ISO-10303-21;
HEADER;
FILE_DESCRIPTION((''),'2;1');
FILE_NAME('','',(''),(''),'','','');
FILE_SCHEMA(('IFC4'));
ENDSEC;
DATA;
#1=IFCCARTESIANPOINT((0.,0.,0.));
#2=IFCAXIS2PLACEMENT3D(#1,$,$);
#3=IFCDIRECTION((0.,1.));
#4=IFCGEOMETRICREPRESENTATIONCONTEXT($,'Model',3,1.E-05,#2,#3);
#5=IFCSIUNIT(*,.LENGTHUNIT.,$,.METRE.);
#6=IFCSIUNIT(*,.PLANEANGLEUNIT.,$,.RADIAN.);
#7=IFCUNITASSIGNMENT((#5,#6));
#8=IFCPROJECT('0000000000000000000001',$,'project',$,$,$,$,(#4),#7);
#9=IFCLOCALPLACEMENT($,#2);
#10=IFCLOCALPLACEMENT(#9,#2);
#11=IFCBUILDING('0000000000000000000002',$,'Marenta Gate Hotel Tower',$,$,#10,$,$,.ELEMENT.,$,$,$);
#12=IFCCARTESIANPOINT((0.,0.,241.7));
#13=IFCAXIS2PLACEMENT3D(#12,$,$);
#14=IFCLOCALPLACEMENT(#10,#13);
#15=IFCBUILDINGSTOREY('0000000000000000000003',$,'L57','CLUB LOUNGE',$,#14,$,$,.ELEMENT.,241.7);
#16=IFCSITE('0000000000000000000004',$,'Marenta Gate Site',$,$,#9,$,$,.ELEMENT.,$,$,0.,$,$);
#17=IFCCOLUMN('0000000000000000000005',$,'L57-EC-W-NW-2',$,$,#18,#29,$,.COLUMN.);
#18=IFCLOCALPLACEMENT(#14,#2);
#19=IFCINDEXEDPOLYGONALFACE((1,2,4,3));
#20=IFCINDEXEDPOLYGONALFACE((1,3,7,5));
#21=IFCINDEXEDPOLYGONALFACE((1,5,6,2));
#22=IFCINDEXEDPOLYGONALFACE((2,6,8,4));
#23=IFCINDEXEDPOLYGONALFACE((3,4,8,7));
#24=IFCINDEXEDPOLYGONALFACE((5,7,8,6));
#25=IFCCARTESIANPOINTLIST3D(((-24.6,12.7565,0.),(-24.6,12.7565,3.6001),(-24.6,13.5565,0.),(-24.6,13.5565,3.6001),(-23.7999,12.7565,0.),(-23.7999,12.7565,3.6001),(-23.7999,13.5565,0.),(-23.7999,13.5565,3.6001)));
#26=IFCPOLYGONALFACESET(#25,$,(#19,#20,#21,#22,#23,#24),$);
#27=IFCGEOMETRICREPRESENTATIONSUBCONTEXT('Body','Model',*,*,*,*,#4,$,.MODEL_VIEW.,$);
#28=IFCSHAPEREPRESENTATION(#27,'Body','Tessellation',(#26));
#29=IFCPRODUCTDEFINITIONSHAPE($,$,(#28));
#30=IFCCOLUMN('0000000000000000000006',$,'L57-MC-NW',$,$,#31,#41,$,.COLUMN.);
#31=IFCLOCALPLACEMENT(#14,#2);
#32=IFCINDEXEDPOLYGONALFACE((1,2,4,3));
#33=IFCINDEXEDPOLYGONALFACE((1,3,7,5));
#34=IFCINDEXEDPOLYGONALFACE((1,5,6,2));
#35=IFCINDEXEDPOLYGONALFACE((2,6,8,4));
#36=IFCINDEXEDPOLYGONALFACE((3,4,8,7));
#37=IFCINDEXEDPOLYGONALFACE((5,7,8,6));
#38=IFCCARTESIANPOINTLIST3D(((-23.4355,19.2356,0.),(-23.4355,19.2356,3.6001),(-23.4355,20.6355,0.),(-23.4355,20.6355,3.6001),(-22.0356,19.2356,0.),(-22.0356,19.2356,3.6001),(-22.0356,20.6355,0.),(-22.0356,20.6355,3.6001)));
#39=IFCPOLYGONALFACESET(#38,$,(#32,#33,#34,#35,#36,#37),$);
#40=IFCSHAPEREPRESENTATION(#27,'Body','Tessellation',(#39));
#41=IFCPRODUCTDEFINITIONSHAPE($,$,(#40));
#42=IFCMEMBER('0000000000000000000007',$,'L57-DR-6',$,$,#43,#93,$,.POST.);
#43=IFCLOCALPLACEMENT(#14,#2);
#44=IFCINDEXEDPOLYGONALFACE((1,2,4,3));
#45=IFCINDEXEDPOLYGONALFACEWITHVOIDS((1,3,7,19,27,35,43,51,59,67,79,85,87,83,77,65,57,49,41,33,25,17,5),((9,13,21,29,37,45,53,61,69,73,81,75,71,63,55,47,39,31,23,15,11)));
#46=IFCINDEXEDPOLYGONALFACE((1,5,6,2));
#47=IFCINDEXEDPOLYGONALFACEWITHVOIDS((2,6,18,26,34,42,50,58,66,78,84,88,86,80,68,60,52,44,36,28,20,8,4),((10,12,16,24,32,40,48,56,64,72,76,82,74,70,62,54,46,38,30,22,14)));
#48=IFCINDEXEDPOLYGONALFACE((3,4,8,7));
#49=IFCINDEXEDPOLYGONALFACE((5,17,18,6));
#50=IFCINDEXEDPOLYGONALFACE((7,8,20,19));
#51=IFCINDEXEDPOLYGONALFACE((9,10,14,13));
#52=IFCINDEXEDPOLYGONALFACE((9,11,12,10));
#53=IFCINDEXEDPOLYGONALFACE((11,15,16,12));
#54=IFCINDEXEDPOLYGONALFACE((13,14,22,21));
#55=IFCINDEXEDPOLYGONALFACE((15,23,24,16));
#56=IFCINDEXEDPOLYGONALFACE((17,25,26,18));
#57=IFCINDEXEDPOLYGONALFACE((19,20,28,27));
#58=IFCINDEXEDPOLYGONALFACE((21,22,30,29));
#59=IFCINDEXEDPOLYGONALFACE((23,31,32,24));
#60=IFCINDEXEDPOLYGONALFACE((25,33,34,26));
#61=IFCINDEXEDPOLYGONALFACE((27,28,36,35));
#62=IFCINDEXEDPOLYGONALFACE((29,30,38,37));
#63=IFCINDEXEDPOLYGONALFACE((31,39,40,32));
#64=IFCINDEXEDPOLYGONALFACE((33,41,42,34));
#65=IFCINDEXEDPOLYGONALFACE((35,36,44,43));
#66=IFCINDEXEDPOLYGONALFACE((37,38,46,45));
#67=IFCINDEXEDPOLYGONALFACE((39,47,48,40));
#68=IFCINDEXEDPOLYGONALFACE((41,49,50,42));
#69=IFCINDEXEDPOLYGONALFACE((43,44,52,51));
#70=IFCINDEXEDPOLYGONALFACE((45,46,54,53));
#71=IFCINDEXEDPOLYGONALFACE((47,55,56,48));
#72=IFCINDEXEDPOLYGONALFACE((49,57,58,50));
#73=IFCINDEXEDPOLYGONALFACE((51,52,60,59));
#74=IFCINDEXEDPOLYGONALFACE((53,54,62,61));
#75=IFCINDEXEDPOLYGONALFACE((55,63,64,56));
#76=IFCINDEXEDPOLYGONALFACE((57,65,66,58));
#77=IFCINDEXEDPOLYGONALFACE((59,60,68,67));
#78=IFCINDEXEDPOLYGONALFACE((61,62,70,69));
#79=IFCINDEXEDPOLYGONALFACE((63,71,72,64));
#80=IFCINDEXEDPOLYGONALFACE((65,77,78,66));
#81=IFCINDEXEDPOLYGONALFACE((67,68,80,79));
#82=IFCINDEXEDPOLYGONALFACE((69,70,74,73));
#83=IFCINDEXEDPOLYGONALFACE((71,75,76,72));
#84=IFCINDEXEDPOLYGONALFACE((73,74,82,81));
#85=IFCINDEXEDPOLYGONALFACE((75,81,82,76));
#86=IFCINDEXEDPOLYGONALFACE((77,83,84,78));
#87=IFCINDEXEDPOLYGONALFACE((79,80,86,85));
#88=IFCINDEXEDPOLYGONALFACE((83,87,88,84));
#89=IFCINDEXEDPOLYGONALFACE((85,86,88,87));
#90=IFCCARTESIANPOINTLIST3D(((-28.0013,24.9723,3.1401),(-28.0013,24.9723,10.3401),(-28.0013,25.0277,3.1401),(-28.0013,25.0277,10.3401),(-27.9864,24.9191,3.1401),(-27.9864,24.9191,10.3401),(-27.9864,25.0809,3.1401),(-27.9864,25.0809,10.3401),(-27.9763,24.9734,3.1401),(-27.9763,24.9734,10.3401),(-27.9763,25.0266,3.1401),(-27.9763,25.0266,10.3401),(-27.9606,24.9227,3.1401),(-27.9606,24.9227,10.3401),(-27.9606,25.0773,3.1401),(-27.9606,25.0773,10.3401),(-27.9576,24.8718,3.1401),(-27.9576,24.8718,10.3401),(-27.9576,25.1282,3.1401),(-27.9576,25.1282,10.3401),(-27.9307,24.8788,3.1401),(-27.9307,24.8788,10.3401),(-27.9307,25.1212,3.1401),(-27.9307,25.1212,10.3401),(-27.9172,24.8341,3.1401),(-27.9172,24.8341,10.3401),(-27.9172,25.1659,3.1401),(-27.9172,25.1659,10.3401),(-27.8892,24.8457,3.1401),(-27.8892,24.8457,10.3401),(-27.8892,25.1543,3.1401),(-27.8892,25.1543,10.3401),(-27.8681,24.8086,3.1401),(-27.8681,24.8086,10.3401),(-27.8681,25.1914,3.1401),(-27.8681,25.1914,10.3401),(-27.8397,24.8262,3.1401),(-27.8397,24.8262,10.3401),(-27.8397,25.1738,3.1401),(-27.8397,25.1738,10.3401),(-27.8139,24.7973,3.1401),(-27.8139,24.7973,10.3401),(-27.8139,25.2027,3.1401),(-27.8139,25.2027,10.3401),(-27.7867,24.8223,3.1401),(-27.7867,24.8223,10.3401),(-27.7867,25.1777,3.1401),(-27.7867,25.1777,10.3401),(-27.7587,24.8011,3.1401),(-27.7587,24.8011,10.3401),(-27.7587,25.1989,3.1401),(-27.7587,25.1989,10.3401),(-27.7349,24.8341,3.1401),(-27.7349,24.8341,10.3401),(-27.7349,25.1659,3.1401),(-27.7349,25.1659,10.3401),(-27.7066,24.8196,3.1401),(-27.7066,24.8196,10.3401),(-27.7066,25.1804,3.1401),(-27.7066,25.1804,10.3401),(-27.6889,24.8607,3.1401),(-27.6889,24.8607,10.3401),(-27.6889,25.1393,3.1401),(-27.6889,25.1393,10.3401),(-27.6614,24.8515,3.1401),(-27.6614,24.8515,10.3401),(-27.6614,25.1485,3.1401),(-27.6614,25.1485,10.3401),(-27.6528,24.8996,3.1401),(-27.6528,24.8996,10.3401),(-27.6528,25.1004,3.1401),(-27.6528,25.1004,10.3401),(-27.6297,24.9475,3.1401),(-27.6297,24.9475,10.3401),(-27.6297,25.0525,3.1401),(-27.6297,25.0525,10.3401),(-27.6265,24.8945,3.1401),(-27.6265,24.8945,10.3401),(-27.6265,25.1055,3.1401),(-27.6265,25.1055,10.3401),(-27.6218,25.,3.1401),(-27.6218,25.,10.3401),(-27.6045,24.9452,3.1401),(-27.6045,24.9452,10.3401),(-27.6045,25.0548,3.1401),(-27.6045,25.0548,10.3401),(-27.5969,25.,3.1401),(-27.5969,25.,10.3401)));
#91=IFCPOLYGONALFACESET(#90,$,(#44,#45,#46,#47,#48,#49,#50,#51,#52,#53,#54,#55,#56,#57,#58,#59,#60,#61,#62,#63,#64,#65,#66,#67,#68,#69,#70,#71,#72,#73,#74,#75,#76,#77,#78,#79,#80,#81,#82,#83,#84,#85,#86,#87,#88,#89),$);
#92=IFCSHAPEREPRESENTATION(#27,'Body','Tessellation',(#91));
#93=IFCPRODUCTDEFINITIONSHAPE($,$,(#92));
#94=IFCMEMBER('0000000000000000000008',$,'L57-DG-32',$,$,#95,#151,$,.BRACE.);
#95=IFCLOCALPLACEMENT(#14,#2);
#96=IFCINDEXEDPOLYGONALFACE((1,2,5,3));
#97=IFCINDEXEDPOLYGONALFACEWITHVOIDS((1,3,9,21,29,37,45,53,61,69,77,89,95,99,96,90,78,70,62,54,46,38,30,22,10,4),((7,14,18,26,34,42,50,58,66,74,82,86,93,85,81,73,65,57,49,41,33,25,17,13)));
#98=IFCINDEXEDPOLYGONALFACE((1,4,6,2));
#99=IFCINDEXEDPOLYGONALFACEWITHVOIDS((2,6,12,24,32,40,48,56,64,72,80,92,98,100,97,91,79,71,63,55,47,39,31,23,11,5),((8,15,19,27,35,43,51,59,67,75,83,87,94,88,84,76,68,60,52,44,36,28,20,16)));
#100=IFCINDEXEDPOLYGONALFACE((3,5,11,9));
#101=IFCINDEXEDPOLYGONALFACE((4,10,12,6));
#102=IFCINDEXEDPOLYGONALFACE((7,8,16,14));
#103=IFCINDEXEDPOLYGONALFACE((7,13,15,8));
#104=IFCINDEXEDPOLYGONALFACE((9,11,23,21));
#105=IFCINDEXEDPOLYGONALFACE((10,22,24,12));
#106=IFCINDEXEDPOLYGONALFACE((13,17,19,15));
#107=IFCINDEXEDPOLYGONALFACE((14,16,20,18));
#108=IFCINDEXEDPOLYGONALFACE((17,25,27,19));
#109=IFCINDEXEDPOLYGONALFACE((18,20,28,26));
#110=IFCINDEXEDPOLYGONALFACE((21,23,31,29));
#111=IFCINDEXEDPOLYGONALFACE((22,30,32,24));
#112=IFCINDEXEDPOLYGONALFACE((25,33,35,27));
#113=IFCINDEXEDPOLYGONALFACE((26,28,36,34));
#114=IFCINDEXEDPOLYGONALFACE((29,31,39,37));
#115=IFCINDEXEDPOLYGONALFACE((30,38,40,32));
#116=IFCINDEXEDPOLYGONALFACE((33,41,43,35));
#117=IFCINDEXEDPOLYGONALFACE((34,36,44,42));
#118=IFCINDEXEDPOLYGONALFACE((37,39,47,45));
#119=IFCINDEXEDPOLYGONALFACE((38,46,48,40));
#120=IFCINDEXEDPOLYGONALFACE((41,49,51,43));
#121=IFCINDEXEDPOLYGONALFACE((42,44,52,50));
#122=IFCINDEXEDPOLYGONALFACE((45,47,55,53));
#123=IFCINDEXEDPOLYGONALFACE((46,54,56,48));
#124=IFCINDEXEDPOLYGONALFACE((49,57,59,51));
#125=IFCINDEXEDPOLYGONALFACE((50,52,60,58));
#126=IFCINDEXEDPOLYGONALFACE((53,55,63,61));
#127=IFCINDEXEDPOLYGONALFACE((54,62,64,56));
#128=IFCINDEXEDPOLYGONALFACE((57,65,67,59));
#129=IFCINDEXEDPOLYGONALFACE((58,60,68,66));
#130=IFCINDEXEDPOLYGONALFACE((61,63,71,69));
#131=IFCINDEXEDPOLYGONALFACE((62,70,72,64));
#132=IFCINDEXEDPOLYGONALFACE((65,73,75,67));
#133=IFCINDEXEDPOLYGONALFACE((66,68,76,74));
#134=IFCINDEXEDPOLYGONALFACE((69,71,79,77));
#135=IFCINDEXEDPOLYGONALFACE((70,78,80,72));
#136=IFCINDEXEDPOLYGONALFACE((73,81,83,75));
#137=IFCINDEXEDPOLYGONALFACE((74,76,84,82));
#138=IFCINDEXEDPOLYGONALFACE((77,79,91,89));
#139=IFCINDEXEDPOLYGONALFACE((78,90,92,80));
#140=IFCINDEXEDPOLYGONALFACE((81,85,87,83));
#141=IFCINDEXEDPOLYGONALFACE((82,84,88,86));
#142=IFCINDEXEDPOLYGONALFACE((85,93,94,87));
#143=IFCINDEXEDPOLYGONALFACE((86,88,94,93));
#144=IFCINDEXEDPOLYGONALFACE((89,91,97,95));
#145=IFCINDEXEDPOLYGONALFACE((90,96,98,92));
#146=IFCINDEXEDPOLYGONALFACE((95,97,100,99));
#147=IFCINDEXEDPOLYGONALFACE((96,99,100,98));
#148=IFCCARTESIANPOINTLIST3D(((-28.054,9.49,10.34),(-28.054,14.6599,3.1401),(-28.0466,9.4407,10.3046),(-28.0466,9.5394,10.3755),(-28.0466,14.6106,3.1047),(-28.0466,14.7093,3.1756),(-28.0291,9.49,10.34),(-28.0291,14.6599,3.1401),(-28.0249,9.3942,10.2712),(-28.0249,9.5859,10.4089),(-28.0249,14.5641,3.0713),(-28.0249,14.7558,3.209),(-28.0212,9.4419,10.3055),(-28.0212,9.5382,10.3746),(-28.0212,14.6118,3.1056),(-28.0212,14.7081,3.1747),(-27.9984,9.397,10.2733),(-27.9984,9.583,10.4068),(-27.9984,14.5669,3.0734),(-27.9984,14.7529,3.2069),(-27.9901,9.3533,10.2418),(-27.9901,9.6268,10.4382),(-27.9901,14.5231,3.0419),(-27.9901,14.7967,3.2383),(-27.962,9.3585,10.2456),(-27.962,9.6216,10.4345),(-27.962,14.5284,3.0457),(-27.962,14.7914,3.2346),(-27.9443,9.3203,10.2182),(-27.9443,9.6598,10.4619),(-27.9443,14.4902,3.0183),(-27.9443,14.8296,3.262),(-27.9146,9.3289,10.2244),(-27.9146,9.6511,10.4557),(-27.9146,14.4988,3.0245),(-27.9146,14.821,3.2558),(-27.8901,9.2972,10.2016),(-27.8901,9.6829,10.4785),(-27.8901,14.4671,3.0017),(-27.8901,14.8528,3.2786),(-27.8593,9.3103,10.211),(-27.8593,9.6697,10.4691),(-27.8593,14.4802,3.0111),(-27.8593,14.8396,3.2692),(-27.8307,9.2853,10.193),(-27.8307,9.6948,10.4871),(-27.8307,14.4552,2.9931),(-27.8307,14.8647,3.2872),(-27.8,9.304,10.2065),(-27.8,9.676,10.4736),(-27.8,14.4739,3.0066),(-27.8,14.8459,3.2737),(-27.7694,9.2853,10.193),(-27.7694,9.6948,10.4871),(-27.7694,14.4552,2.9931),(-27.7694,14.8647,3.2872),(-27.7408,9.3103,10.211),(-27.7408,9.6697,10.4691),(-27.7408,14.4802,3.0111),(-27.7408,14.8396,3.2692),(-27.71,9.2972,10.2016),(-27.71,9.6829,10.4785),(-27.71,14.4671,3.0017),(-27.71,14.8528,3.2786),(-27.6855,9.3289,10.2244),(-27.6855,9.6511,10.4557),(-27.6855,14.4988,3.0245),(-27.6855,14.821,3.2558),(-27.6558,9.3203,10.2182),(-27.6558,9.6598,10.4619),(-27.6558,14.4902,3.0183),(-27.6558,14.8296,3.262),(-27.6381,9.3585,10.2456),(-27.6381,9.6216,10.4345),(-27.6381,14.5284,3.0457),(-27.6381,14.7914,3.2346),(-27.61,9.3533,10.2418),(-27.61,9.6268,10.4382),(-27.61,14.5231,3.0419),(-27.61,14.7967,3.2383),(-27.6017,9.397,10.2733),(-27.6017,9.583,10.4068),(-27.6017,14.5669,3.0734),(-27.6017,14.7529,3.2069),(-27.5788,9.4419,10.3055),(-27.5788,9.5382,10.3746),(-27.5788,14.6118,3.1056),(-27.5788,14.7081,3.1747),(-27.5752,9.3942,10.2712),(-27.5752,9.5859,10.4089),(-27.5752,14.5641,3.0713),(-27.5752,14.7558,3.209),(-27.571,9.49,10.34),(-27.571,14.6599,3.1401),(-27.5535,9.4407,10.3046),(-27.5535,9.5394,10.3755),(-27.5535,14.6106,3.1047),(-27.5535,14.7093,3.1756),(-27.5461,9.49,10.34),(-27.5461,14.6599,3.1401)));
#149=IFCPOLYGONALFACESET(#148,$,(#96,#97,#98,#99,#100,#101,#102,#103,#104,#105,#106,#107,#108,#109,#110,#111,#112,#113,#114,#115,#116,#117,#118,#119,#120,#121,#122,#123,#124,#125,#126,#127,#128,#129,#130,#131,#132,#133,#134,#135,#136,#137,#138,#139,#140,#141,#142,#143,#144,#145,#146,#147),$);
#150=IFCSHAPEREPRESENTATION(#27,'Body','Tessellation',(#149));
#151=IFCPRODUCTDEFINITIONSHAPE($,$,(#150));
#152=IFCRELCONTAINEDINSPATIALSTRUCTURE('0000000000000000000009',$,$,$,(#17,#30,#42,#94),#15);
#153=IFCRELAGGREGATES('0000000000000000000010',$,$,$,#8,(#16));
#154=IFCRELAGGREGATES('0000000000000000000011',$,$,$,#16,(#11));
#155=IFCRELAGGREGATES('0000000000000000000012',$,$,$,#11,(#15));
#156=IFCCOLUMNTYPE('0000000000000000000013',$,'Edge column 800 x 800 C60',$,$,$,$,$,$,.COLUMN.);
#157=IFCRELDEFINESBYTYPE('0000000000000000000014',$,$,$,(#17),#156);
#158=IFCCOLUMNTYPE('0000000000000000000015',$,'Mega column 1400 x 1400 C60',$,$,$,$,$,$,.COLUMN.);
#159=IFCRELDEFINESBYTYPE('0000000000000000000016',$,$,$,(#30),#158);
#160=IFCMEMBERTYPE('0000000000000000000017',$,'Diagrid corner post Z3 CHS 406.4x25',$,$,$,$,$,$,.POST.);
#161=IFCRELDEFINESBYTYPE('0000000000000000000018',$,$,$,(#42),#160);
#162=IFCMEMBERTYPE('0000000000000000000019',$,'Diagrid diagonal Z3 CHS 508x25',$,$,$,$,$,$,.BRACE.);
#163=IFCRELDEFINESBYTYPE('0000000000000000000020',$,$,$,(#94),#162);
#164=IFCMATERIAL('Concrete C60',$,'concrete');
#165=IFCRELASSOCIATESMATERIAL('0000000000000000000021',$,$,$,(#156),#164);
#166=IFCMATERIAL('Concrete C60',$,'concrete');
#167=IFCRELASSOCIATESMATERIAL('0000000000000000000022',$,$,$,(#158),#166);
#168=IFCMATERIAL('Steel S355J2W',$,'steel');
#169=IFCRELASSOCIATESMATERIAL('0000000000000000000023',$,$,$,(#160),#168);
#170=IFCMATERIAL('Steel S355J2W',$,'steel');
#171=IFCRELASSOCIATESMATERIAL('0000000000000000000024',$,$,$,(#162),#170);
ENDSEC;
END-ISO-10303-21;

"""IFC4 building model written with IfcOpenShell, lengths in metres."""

from ifc_helpers import new_model, si_unit, direction, frame, origin, origin_2d, place, context, subcontext, project, spatial, rectangle, hollow_circle, extrude, material, material_profile, profile_set, type_object, element, save


model = new_model("IFC4")

# Units and contexts
model_context = context("Model", 3, precision=1e-05, world=origin(), true_north=direction((0.0, 1.0)))
body_context = subcontext(model_context, "Body", "Model", "MODEL_VIEW")
ifc_project = project(units=[si_unit("LENGTHUNIT", "METRE"), si_unit("PLANEANGLEUNIT", "RADIAN")], contexts=[model_context])

# Site, building, storey
site_placement = place(None, origin())
site = spatial("IfcSite", under=ifc_project, at=site_placement, Name="Marenta Gate Site", CompositionType="ELEMENT", RefElevation=0.0)
building_placement = place(site_placement, origin())
building = spatial("IfcBuilding", under=site, at=building_placement, Name="Marenta Gate Hotel Tower", CompositionType="ELEMENT")
storey_placement = place(building_placement, frame((0.0, 0.0, 241.7)))
storey = spatial("IfcBuildingStorey", under=building, at=storey_placement, Name="L57", Description="CLUB LOUNGE", CompositionType="ELEMENT", Elevation=241.7)

# Columns
ifc_material_1 = material(Name="Concrete C60", Category="concrete")
ifc_material_profile_1 = material_profile(ifc_material_1, rectangle(XDim=0.8, YDim=0.8, at=origin_2d()), Name="800 x 800")
ifc_profile_set_1 = profile_set([ifc_material_profile_1], Name="Concrete C60")
column_type_1 = type_object("IfcColumnType", Name="Edge column 800 x 800 C60", PredefinedType="COLUMN", material=ifc_profile_set_1)
column_1_placement = place(storey_placement, frame((-24.2, 13.1565, 0.0), z_axis=(0.0, 0.0, 1.0), x_axis=(1.0, 0.0, 0.0)))
element("IfcColumn", 1, at=column_1_placement, inside=storey, type_object=column_type_1, Name="L57-EC-W-NW-2", PredefinedType="COLUMN", context=body_context, shape_type="SweptSolid", body=[
    extrude(rectangle(XDim=0.8, YDim=0.8, at=origin_2d()), origin(), (0.0, 0.0, 1.0), 3.6001),
])
ifc_material_2 = material(Name="Concrete C60", Category="concrete")
ifc_material_profile_2 = material_profile(ifc_material_2, rectangle(XDim=1.3999, YDim=1.3999, at=origin_2d()), Name="1400 x 1400")
ifc_profile_set_2 = profile_set([ifc_material_profile_2], Name="Concrete C60")
column_type_2 = type_object("IfcColumnType", Name="Mega column 1400 x 1400 C60", PredefinedType="COLUMN", material=ifc_profile_set_2)
column_2_placement = place(storey_placement, frame((-22.7356, 19.9355, 0.0), z_axis=(0.0, 0.0, 1.0), x_axis=(1.0, 0.0, 0.0)))
element("IfcColumn", 2, at=column_2_placement, inside=storey, type_object=column_type_2, Name="L57-MC-NW", PredefinedType="COLUMN", context=body_context, shape_type="SweptSolid", body=[
    extrude(rectangle(XDim=1.3999, YDim=1.3999, at=origin_2d()), origin(), (0.0, 0.0, 1.0), 3.6001),
])

# Members
ifc_material_3 = material(Name="Steel S355J2W", Category="steel")
ifc_material_profile_3 = material_profile(ifc_material_3, hollow_circle(Radius=0.2031, WallThickness=0.0249, at=origin_2d()), Name="CHS 406.4x25")
ifc_profile_set_3 = profile_set([ifc_material_profile_3], Name="Steel S355J2W")
member_type_1 = type_object("IfcMemberType", Name="Diagrid corner post Z3 CHS 406.4x25", PredefinedType="POST", material=ifc_profile_set_3)
member_1_placement = place(storey_placement, frame((-27.8, 25.0, 3.1401), z_axis=(0.0, 0.0, 1.0), x_axis=(1.0, 0.0, 0.0)))
element("IfcMember", 3, at=member_1_placement, inside=storey, type_object=member_type_1, Name="L57-DR-6", PredefinedType="POST", context=body_context, shape_type="SweptSolid", body=[
    extrude(hollow_circle(Radius=0.2031, WallThickness=0.0249, at=origin_2d()), origin(), (0.0, 0.0, 1.0), 7.2),
])
ifc_material_4 = material(Name="Steel S355J2W", Category="steel")
ifc_material_profile_4 = material_profile(ifc_material_4, hollow_circle(Radius=0.2539, WallThickness=0.0249, at=origin_2d()), Name="CHS 508x25")
ifc_profile_set_4 = profile_set([ifc_material_profile_4], Name="Steel S355J2W")
member_type_2 = type_object("IfcMemberType", Name="Diagrid diagonal Z3 CHS 508x25", PredefinedType="BRACE", material=ifc_profile_set_4)
member_2_placement = place(storey_placement, frame((-27.8, 14.6599, 3.1401), z_axis=(0.0, -0.583261, 0.812285), x_axis=(1.0, 0.0, 0.0)))
element("IfcMember", 4, at=member_2_placement, inside=storey, type_object=member_type_2, Name="L57-DG-32", PredefinedType="BRACE", context=body_context, shape_type="SweptSolid", body=[
    extrude(hollow_circle(Radius=0.2539, WallThickness=0.0249, at=origin_2d()), origin(), (0.0, 0.0, 1.0), 8.8638),
])

save(model, "model.ifc")
